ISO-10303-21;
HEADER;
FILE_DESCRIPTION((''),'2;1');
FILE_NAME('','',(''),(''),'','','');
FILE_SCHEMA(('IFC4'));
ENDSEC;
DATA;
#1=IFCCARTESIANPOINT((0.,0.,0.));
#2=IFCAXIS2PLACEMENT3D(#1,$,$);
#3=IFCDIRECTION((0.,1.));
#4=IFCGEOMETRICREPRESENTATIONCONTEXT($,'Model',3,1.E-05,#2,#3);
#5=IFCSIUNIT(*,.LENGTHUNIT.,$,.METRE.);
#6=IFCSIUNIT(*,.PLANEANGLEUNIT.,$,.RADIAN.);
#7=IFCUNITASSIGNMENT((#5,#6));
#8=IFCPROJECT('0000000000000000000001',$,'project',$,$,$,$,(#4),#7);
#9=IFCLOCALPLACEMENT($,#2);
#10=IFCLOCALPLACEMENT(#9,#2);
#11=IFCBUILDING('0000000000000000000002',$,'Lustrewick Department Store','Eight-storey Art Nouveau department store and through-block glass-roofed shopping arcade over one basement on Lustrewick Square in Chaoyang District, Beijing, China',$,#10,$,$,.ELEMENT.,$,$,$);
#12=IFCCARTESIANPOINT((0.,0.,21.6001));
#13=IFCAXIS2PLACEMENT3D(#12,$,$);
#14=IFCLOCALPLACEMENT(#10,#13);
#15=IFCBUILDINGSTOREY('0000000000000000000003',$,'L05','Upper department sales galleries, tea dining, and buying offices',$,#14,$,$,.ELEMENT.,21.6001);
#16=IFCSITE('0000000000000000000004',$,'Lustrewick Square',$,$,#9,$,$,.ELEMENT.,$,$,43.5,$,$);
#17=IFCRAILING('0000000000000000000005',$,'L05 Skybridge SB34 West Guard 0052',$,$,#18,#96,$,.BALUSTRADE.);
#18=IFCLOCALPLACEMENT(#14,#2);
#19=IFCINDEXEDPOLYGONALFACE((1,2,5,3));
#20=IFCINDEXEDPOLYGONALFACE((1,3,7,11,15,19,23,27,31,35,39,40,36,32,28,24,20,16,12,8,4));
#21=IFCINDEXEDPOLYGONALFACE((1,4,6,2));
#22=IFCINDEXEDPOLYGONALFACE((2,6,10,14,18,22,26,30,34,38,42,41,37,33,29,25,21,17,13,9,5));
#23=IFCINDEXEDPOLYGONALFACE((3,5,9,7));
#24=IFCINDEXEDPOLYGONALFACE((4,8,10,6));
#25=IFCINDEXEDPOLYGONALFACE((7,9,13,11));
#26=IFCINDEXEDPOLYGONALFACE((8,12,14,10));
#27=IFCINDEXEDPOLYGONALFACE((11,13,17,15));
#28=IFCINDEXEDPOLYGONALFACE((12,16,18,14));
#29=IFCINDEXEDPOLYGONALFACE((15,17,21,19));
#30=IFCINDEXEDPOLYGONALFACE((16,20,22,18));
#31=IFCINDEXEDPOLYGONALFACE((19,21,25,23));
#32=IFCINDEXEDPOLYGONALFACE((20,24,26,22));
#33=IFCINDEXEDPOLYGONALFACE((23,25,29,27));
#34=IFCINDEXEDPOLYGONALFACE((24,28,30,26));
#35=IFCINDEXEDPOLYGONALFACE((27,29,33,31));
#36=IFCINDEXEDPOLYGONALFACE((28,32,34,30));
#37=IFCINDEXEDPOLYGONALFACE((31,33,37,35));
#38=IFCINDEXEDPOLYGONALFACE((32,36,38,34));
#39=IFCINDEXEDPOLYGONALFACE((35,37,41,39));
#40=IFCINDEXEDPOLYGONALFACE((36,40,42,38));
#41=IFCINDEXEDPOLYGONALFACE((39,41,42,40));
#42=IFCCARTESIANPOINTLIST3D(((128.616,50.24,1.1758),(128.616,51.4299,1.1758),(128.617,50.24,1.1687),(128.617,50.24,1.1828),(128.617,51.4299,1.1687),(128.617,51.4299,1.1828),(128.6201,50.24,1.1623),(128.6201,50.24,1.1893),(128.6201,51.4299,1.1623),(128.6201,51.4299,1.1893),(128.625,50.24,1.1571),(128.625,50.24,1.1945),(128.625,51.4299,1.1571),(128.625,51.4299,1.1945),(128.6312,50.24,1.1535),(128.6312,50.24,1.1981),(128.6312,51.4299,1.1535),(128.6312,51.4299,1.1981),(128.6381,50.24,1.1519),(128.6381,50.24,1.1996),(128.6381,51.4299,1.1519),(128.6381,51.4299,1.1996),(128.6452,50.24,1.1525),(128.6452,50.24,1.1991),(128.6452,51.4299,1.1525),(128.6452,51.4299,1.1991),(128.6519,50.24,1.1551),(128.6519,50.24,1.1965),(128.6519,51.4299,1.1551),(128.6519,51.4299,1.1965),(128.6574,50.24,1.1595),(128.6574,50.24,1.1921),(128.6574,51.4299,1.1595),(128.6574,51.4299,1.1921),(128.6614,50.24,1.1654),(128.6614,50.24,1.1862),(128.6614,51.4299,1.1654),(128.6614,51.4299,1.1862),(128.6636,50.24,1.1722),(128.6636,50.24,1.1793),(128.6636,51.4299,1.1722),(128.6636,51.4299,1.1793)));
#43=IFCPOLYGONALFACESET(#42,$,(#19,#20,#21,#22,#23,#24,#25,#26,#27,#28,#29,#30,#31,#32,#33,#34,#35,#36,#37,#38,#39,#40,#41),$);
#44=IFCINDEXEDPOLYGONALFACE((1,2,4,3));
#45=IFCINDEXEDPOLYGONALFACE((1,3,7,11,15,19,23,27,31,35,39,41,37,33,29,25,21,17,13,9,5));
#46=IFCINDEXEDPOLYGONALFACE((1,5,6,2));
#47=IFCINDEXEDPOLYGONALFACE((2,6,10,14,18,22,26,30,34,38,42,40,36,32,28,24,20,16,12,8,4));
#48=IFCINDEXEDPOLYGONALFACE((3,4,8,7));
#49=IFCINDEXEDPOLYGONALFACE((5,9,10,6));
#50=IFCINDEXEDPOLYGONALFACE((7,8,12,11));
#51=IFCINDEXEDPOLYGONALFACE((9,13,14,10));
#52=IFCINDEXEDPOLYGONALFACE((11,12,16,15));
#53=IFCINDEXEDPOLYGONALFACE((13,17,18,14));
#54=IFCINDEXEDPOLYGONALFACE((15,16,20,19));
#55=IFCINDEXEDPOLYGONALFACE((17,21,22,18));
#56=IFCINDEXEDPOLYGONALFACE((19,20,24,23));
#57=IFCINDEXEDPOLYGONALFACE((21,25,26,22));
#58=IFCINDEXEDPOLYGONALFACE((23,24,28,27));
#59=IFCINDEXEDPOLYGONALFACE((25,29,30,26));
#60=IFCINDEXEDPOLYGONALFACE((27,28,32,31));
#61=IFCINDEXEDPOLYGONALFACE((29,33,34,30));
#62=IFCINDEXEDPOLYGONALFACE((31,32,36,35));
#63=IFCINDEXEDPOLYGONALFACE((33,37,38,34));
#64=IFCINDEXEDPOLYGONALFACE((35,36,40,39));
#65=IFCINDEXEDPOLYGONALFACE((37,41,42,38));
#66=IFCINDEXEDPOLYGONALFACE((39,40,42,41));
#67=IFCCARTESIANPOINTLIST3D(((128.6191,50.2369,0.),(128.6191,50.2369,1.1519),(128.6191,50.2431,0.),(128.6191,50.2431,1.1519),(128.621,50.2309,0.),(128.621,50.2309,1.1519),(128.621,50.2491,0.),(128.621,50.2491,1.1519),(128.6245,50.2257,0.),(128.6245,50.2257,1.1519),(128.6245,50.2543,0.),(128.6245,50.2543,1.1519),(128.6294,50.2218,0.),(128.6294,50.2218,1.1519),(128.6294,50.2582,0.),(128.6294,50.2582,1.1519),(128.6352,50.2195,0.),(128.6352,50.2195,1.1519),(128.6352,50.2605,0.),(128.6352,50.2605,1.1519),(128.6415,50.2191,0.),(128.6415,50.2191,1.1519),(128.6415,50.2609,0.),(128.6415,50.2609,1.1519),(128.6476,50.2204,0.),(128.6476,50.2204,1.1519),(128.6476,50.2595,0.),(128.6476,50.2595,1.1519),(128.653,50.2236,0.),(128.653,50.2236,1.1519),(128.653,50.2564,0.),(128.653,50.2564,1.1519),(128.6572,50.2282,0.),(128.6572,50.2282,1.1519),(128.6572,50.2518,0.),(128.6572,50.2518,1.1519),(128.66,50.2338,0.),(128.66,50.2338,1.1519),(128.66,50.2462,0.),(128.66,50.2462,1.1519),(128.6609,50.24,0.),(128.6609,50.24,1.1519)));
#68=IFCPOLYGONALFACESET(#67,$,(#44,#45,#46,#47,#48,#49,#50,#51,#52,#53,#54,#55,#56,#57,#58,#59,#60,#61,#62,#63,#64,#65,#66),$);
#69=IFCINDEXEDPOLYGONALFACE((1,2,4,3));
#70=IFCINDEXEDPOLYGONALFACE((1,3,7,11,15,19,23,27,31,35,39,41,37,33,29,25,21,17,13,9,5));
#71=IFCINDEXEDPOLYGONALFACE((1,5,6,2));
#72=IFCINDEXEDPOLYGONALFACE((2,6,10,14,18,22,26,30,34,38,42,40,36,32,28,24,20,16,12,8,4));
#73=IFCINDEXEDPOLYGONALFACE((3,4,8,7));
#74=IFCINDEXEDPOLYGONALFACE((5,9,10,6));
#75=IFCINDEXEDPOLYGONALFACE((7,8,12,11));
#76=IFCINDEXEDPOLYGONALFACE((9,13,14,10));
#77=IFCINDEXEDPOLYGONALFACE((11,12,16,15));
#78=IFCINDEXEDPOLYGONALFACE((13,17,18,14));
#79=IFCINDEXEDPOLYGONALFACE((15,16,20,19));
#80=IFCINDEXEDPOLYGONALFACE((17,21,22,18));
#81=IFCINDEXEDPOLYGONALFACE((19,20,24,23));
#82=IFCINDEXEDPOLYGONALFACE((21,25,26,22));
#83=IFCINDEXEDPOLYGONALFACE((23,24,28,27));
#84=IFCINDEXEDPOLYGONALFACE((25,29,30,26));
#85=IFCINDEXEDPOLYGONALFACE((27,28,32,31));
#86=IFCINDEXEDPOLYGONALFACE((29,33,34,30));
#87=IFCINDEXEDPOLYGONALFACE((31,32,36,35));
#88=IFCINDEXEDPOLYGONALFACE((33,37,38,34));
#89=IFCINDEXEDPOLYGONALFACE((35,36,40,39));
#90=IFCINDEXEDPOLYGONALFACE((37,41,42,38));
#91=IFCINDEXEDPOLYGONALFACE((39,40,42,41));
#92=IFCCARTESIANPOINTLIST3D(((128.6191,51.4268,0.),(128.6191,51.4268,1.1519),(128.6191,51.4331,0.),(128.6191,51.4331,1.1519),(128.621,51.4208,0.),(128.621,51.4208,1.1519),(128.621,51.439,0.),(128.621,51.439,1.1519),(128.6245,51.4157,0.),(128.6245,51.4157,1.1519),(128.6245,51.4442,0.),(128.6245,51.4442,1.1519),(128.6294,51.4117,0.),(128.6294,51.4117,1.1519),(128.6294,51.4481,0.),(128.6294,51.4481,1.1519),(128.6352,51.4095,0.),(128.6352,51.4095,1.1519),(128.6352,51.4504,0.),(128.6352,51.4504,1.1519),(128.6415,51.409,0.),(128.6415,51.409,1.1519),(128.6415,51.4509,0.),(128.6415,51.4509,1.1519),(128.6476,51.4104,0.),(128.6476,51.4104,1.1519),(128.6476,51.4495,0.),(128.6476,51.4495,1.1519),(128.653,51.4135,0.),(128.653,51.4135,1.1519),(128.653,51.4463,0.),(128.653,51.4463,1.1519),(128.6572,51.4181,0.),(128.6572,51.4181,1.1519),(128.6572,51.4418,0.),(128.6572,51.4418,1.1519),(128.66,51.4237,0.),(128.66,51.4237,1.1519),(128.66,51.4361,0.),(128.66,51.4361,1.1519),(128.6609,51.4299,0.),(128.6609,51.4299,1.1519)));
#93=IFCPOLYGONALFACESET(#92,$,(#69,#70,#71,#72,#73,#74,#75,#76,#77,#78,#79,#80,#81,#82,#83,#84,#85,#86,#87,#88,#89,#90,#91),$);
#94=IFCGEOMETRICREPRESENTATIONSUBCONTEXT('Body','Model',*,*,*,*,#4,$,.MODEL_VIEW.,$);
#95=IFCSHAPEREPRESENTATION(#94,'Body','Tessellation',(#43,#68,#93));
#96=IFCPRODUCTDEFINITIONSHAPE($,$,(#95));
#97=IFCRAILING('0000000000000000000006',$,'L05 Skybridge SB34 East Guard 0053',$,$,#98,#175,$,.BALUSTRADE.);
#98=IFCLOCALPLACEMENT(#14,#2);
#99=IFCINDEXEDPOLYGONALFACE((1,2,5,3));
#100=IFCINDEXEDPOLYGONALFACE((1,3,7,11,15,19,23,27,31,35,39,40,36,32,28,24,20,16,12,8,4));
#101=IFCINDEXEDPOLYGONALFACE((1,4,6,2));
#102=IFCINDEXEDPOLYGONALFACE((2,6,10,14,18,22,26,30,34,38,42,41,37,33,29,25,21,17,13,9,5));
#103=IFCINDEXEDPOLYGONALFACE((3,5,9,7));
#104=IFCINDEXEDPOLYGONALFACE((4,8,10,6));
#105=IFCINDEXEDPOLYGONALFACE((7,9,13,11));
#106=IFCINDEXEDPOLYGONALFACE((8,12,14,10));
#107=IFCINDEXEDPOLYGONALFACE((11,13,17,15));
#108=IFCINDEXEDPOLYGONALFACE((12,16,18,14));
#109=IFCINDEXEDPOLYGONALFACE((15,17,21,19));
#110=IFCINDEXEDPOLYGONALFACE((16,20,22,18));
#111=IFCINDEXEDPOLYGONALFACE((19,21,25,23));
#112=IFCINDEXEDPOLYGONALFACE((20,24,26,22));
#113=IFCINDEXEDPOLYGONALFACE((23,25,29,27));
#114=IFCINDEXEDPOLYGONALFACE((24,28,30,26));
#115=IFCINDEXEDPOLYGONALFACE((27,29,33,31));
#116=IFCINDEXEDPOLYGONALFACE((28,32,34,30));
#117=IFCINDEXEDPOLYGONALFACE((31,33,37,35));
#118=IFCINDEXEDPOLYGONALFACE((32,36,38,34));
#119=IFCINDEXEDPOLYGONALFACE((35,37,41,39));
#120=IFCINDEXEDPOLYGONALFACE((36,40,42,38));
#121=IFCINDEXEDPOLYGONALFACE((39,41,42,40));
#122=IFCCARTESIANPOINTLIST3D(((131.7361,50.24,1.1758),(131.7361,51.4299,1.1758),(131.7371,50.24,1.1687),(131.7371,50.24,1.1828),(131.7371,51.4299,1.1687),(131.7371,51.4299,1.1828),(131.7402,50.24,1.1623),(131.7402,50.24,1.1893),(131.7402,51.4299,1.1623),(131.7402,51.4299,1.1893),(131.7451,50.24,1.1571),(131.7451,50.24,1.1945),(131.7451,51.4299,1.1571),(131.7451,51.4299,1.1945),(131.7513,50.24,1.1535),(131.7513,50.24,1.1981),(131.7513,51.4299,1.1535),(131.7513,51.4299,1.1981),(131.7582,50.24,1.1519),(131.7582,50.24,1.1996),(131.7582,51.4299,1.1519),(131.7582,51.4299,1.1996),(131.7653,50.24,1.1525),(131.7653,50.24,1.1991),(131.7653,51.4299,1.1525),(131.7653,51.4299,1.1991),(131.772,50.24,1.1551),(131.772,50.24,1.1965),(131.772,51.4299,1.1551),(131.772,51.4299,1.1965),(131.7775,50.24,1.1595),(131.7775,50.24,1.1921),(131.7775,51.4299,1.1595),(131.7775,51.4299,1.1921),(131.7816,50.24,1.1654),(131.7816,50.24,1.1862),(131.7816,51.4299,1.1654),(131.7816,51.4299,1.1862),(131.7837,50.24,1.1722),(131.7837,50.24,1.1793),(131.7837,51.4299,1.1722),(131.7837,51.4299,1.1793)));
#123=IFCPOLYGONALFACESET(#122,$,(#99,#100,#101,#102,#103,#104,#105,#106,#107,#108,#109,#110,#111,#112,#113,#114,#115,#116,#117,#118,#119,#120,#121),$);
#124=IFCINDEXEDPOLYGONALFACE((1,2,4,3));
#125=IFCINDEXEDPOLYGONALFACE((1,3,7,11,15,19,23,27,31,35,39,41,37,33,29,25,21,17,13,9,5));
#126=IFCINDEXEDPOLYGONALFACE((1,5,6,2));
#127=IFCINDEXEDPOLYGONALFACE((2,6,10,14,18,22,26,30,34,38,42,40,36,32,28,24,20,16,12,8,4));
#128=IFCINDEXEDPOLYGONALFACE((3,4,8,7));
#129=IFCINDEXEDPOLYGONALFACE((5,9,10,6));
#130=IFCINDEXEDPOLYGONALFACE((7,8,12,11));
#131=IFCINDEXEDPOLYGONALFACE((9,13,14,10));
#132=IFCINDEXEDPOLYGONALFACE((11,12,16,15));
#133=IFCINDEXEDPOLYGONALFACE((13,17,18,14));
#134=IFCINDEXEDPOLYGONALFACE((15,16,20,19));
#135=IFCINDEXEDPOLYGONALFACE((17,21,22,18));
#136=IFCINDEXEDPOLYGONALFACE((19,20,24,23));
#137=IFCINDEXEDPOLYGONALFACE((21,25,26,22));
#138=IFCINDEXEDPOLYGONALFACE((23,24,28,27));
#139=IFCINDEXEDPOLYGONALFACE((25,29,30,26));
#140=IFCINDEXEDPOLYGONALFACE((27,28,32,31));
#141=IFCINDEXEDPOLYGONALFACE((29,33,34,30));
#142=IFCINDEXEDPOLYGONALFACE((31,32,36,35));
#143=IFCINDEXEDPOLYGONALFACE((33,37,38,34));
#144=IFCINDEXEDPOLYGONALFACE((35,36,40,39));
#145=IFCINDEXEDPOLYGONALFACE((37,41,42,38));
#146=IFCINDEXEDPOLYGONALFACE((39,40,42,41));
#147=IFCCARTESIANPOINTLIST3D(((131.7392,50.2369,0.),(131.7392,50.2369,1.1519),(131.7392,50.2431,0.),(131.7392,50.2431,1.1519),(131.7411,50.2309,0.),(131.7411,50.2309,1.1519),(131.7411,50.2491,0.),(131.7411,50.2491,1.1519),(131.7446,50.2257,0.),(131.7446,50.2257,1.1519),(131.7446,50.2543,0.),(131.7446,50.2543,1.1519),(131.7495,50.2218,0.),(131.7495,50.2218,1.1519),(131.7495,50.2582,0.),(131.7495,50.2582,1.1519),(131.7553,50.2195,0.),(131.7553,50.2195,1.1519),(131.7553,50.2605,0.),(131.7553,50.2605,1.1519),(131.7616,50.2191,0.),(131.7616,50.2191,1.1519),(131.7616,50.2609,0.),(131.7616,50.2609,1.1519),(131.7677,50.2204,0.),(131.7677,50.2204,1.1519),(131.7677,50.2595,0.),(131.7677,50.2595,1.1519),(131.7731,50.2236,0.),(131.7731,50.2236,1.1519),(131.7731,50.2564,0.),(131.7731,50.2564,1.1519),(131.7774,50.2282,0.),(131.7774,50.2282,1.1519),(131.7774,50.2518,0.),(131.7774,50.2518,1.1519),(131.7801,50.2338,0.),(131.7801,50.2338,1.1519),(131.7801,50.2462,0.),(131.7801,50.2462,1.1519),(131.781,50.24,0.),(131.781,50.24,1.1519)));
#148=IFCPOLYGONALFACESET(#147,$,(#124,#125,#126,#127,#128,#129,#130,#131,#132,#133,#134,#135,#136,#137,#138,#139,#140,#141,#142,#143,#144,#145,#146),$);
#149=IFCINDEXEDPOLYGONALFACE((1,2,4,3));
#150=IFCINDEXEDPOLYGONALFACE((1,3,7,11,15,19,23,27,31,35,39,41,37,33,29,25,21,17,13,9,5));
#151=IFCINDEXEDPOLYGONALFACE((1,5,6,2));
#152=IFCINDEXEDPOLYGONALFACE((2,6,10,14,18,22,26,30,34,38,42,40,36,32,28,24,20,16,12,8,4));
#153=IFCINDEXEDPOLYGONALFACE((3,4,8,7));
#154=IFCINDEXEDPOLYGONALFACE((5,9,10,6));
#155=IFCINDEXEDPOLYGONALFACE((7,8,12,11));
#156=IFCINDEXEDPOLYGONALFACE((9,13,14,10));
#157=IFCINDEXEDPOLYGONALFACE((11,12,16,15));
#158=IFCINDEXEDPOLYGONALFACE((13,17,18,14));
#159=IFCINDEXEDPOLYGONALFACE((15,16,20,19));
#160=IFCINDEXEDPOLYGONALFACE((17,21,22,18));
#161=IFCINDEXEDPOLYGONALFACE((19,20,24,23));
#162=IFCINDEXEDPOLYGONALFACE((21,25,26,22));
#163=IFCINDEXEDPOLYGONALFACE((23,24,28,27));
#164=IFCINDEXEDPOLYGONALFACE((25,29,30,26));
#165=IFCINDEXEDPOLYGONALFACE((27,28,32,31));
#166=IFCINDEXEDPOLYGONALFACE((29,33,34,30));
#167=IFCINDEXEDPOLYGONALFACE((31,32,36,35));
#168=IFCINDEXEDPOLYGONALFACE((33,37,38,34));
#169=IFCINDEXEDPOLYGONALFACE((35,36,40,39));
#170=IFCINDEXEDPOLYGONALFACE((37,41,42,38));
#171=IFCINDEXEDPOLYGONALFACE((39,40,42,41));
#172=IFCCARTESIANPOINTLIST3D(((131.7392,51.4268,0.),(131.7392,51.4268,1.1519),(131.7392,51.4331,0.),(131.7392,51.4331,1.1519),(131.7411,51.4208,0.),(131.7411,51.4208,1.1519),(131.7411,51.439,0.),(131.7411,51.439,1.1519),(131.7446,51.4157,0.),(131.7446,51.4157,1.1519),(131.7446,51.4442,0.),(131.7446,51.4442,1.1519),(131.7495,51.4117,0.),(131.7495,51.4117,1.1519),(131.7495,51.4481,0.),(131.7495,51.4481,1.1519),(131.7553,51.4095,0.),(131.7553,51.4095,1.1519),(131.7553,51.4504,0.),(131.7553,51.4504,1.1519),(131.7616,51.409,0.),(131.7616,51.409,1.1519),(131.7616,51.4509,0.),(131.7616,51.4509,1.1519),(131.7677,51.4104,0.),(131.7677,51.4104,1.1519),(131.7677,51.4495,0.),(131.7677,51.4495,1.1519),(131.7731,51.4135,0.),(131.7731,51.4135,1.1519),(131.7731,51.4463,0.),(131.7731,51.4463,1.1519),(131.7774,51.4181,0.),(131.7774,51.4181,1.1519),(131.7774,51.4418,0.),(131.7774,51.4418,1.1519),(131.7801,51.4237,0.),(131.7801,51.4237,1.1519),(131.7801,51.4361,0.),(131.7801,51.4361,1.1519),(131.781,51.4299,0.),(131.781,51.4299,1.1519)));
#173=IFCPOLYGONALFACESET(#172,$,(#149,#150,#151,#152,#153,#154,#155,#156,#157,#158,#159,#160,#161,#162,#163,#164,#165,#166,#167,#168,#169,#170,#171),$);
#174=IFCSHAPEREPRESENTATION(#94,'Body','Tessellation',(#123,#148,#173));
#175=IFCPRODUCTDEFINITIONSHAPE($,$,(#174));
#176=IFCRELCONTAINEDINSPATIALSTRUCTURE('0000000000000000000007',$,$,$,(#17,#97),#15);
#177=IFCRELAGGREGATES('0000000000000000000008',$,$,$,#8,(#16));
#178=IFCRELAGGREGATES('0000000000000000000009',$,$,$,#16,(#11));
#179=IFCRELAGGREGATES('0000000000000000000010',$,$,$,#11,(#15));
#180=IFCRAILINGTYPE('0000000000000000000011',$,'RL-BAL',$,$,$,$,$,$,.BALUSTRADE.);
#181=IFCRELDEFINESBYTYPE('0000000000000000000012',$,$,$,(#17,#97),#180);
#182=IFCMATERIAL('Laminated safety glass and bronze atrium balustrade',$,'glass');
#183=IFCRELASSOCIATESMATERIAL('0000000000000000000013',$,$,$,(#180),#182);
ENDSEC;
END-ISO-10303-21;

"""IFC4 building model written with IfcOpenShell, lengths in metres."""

from ifc_helpers import new_model, si_unit, direction, frame, origin, origin_2d, place, context, subcontext, project, spatial, circle, extrude, material, type_object, element, save


model = new_model("IFC4")

# Units and contexts
model_context = context("Model", 3, precision=1e-05, world=origin(), true_north=direction((0.0, 1.0)))
body_context = subcontext(model_context, "Body", "Model", "MODEL_VIEW")
ifc_project = project(units=[si_unit("LENGTHUNIT", "METRE"), si_unit("PLANEANGLEUNIT", "RADIAN")], contexts=[model_context])

# Site, building, storey
site_placement = place(None, origin())
site = spatial("IfcSite", under=ifc_project, at=site_placement, Name="Lustrewick Square", CompositionType="ELEMENT", RefElevation=43.5)
building_placement = place(site_placement, origin())
building = spatial("IfcBuilding", under=site, at=building_placement, Name="Lustrewick Department Store", Description="Eight-storey Art Nouveau department store and through-block glass-roofed shopping arcade over one basement on Lustrewick Square in Chaoyang District, Beijing, China", CompositionType="ELEMENT")
storey_placement = place(building_placement, frame((0.0, 0.0, 21.6001)))
storey = spatial("IfcBuildingStorey", under=building, at=storey_placement, Name="L05", Description="Upper department sales galleries, tea dining, and buying offices", CompositionType="ELEMENT", Elevation=21.6001)

# Railings
ifc_material_1 = material(Name="Laminated safety glass and bronze atrium balustrade", Category="glass")
railing_type_1 = type_object("IfcRailingType", Name="RL-BAL", PredefinedType="BALUSTRADE", material=ifc_material_1)
for number, where, name in (
    (1, (128.6399, 50.24, 0.0), "L05 Skybridge SB34 West Guard 0052"),
    (2, (131.76, 50.24, 0.0), "L05 Skybridge SB34 East Guard 0053"),
):
    element("IfcRailing", number, at=place(storey_placement, frame(where)), inside=storey, type_object=railing_type_1, Name=name, PredefinedType="BALUSTRADE", context=body_context, shape_type="SweptSolid", body=[
        extrude(circle(Radius=0.0239, at=origin_2d()), frame((0.0, 0.0, 1.1758), z_axis=(0.0, 1.0, 0.0), x_axis=(-1.0, 0.0, 0.0)), (0.0, 0.0, 1.0), 1.1899),
        extrude(circle(Radius=0.021, at=origin_2d()), origin(), (0.0, 0.0, 1.0), 1.1519),
        extrude(circle(Radius=0.021, at=origin_2d()), frame((0.0, 1.1899, 0.0)), (0.0, 0.0, 1.0), 1.1519),
    ])

save(model, "model.ifc")
